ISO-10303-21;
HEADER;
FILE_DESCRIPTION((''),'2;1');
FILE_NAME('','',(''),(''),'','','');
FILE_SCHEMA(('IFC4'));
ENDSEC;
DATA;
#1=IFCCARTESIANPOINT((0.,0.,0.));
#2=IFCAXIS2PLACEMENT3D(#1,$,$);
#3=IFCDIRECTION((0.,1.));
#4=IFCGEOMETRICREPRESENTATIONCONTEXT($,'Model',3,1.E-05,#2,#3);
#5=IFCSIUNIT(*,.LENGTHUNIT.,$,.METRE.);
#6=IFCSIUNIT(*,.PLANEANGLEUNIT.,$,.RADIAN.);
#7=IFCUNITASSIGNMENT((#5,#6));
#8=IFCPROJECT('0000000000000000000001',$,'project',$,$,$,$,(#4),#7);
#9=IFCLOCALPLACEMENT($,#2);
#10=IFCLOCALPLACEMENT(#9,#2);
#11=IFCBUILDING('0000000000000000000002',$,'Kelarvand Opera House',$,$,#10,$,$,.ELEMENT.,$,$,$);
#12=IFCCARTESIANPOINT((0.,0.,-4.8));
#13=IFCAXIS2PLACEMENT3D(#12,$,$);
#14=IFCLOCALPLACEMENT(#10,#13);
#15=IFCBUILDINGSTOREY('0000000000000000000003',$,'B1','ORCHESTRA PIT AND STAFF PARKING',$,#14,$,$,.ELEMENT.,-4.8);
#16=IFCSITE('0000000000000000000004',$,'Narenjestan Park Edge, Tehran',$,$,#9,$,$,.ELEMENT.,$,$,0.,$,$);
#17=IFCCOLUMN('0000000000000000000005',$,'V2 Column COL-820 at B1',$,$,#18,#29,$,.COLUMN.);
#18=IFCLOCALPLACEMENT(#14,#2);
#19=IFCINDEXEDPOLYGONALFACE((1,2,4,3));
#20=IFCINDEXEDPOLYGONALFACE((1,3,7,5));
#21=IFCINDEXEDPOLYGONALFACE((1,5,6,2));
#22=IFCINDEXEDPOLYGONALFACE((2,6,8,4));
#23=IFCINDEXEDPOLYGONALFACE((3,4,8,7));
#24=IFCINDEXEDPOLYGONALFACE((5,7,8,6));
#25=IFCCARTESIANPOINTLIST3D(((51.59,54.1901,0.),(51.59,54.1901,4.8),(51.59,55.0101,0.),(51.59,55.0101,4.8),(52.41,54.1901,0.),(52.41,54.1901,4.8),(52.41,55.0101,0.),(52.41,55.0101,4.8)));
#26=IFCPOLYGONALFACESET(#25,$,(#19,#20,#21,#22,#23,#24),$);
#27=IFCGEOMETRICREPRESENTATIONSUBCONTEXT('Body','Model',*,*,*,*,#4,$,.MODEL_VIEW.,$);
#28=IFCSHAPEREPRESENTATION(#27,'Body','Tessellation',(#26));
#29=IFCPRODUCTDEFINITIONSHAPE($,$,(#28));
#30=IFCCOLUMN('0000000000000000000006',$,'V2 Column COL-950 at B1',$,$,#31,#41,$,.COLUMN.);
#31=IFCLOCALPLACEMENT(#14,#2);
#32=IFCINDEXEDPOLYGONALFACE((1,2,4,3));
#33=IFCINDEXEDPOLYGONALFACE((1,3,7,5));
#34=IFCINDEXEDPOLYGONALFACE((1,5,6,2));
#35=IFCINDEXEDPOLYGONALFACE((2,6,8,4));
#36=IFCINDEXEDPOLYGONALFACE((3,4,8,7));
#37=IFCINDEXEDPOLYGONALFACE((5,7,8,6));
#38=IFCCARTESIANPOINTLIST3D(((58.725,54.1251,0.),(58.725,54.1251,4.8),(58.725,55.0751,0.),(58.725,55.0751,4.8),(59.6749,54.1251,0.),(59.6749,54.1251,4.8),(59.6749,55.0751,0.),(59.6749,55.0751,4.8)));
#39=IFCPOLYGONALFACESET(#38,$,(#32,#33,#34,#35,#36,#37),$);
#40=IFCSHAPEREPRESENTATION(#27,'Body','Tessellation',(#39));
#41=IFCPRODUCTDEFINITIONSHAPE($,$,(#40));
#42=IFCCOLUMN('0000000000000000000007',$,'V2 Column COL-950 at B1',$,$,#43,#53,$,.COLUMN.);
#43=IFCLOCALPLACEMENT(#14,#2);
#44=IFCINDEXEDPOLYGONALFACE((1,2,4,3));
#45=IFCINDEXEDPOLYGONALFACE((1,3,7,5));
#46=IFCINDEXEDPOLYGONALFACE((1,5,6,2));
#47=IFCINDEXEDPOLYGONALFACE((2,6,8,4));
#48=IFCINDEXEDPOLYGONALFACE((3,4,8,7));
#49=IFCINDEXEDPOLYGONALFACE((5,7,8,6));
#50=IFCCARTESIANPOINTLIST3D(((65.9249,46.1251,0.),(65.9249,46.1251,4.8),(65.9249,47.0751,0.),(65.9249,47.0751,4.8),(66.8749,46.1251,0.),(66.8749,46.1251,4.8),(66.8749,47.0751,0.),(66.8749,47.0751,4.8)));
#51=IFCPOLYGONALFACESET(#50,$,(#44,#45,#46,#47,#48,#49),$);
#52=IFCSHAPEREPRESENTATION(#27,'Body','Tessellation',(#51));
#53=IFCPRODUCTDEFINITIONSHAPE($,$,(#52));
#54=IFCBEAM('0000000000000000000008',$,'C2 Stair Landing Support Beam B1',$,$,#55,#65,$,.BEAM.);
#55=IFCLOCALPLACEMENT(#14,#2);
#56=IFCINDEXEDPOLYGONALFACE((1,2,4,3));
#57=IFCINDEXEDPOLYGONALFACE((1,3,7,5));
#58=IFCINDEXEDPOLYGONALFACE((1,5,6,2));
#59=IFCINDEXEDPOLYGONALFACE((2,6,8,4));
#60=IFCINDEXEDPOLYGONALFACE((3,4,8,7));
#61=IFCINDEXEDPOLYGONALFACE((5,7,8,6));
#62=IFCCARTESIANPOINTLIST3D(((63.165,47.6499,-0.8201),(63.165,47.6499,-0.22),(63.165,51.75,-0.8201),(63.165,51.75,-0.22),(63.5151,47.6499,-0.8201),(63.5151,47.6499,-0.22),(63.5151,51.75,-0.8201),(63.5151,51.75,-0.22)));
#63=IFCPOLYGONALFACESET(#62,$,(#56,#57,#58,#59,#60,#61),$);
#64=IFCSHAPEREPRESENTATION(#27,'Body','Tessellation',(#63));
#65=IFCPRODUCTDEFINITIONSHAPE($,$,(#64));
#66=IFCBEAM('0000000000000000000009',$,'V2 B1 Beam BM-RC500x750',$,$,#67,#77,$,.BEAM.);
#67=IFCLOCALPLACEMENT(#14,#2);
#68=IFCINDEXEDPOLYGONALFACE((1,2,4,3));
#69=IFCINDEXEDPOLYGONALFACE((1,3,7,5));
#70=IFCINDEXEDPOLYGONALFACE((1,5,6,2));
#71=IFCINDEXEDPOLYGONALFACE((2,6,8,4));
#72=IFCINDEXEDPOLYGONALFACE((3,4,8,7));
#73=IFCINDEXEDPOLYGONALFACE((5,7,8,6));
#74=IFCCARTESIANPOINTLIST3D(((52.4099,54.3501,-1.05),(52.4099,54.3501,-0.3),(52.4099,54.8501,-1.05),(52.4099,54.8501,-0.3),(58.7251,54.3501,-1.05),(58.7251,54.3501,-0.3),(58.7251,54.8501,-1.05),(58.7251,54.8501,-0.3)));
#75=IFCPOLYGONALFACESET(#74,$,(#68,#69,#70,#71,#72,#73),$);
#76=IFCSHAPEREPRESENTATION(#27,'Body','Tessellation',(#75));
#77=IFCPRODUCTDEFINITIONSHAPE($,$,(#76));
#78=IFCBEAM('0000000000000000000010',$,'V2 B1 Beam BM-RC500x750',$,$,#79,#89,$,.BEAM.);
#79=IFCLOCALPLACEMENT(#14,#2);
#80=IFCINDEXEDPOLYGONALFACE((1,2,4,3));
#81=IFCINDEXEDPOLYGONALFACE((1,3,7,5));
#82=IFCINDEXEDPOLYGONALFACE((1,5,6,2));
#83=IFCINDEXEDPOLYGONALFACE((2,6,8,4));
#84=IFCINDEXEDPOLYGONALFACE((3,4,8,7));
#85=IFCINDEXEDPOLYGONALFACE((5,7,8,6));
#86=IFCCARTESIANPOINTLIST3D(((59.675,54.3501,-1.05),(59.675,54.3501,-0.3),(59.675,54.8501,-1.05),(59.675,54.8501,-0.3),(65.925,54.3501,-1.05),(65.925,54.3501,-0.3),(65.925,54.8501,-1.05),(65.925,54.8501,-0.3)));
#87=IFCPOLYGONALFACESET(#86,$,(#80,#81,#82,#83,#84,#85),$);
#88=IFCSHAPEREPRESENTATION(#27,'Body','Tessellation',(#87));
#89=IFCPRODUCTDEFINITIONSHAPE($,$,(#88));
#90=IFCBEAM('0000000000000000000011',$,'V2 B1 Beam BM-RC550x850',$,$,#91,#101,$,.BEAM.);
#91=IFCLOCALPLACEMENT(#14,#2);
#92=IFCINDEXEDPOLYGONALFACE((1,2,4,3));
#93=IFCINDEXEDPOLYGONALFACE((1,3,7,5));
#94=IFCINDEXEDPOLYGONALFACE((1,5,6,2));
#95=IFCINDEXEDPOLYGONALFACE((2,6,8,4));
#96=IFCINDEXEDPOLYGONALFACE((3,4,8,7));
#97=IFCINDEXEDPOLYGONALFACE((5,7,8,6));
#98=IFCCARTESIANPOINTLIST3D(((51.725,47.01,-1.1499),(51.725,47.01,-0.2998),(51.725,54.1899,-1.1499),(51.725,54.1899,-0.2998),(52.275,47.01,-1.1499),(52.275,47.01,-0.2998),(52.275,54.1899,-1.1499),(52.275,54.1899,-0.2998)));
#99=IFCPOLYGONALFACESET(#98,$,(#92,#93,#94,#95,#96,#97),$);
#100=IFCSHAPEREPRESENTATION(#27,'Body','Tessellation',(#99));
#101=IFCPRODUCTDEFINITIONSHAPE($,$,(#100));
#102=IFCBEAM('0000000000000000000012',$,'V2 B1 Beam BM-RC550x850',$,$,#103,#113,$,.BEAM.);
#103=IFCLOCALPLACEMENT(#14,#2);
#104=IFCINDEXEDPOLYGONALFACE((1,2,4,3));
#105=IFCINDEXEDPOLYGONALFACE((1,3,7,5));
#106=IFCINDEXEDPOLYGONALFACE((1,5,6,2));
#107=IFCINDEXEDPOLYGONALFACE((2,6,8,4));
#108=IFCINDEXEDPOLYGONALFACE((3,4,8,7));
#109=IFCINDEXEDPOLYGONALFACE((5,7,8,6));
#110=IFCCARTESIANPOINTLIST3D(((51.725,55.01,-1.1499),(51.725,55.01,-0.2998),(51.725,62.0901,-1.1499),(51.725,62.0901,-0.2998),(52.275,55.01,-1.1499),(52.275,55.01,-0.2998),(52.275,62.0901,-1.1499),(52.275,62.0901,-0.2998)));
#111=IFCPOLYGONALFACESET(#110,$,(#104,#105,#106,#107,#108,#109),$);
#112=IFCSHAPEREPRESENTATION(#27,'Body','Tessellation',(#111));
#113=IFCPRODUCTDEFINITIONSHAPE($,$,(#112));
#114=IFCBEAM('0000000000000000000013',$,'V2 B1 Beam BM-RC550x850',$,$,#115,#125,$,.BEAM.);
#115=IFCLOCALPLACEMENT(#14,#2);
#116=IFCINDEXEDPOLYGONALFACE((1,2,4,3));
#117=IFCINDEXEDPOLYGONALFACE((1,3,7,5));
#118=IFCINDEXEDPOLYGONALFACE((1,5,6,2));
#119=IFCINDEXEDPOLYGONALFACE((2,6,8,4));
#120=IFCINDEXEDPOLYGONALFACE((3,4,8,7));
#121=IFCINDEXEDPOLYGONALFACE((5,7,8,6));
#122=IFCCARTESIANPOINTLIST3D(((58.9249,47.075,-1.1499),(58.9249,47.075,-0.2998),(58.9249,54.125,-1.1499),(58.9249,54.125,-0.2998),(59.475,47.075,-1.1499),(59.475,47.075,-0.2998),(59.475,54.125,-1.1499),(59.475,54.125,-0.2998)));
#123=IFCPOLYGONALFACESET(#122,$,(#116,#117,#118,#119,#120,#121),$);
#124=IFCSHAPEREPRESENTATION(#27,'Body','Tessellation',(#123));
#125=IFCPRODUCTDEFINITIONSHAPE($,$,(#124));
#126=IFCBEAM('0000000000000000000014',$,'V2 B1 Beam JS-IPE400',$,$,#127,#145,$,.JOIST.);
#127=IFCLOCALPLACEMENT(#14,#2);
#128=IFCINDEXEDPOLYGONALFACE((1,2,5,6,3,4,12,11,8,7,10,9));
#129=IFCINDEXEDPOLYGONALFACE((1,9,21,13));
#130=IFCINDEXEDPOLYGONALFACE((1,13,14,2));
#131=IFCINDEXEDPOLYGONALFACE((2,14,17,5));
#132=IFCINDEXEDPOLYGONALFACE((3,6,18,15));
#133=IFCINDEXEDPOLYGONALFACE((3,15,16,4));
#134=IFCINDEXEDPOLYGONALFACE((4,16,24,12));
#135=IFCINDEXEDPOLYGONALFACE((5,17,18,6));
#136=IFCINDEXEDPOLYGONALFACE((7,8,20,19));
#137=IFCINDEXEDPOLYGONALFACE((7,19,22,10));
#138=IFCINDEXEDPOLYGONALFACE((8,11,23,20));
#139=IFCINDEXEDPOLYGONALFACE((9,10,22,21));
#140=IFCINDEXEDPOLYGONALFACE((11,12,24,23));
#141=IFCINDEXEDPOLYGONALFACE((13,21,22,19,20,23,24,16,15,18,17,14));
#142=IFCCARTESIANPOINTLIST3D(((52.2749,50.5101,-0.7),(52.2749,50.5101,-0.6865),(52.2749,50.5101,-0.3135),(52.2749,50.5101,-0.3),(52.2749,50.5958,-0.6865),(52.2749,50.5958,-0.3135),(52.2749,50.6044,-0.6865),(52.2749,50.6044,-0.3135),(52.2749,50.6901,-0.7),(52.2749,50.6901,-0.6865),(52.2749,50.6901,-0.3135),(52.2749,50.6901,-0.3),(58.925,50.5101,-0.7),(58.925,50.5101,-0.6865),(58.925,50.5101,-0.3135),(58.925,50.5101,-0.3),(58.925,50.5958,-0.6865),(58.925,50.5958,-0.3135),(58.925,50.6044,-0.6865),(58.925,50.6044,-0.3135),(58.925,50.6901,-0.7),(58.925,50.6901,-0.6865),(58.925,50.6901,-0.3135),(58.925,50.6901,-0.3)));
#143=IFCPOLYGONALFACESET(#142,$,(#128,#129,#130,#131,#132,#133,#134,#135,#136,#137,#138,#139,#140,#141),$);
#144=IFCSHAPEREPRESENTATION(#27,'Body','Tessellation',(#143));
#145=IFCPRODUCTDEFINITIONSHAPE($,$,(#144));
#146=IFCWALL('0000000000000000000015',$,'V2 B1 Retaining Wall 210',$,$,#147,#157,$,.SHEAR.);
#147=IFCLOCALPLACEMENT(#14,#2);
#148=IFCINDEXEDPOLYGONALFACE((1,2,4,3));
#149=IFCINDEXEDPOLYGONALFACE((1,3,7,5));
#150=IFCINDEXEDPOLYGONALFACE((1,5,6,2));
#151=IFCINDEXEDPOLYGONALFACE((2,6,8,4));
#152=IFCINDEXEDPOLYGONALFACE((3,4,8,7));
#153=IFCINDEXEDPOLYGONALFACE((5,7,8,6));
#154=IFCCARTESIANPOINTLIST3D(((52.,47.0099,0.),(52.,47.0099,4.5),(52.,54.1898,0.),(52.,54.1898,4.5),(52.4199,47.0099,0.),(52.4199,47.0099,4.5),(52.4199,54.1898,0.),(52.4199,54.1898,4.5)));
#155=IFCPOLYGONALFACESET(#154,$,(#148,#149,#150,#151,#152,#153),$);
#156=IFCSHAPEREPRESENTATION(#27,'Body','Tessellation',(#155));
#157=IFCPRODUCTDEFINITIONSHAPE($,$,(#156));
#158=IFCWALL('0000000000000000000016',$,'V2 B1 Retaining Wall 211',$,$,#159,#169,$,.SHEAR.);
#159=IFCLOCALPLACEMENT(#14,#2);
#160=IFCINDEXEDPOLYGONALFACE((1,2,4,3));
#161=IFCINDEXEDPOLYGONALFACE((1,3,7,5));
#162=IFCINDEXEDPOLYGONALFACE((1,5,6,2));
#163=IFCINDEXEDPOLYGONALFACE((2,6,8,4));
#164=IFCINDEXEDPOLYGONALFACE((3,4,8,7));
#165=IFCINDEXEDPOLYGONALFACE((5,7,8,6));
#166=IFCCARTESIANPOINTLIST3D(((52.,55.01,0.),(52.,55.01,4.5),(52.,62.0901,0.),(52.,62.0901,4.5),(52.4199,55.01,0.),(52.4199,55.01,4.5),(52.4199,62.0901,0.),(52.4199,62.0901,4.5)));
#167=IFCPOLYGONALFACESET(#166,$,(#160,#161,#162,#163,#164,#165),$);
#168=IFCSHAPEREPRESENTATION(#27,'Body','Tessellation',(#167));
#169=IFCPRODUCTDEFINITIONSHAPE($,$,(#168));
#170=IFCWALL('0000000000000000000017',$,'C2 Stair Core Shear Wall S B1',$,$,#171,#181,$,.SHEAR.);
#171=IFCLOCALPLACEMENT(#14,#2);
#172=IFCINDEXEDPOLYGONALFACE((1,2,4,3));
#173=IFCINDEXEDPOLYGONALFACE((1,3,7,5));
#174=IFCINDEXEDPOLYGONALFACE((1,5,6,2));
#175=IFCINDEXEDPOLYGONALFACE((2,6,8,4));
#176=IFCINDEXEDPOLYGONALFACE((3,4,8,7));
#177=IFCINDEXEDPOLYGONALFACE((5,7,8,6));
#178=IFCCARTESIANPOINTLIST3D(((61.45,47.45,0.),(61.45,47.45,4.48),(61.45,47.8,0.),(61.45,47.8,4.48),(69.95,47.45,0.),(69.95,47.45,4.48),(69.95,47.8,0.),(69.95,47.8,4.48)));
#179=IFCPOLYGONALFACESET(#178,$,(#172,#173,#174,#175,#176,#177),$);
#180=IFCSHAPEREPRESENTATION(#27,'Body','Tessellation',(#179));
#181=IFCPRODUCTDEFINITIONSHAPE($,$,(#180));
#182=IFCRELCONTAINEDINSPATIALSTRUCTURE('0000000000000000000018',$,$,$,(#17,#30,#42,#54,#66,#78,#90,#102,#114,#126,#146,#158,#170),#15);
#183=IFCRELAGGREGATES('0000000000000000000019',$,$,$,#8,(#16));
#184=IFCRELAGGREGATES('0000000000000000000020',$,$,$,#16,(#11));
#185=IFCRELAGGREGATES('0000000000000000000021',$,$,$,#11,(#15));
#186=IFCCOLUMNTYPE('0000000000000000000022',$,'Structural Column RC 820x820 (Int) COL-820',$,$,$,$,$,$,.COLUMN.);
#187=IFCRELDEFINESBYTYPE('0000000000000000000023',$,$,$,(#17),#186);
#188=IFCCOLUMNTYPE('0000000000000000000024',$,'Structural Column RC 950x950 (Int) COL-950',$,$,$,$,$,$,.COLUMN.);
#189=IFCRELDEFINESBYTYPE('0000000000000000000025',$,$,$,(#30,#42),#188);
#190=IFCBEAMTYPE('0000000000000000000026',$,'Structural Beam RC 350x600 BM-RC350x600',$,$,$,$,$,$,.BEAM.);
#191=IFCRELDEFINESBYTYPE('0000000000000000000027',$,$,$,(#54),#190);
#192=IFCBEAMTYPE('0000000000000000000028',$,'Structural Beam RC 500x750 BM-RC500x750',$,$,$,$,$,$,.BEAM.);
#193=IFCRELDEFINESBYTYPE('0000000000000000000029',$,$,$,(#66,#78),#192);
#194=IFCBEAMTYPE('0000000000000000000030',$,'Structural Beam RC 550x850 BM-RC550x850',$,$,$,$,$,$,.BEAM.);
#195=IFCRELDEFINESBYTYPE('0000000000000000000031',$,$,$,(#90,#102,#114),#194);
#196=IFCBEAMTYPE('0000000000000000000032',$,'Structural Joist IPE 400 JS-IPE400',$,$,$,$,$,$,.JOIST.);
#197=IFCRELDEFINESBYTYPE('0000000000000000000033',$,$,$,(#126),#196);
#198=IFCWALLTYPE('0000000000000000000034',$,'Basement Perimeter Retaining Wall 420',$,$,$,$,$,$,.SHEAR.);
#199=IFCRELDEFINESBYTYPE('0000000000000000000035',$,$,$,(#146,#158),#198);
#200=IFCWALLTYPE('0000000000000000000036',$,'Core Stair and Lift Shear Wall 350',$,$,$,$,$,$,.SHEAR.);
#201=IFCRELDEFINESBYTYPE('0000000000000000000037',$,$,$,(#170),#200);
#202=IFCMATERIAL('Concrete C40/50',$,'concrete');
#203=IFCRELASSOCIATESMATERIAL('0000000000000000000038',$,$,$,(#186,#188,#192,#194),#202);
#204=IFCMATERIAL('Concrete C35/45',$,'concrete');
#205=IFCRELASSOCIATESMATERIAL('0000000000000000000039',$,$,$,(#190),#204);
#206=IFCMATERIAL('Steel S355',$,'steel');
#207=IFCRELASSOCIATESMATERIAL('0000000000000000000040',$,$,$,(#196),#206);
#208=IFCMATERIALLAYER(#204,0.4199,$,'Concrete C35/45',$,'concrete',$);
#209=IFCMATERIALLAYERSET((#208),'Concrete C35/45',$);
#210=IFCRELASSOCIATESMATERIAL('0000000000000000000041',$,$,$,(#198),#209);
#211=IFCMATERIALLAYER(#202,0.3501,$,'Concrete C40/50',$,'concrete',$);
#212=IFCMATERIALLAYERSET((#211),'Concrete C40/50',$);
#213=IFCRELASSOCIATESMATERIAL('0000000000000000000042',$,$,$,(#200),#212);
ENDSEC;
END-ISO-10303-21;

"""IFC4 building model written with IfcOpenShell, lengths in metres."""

from ifc_helpers import new_model, si_unit, direction, frame, frame_2d, origin, origin_2d, place, context, subcontext, project, spatial, rectangle, i_section, extrude, material, layer, layer_set, material_profile, profile_set, type_object, element, save


model = new_model("IFC4")

# Units and contexts
model_context = context("Model", 3, precision=1e-05, world=origin(), true_north=direction((0.0, 1.0)))
body_context = subcontext(model_context, "Body", "Model", "MODEL_VIEW")
ifc_project = project(units=[si_unit("LENGTHUNIT", "METRE"), si_unit("PLANEANGLEUNIT", "RADIAN")], contexts=[model_context])

# Site, building, storey
site_placement = place(None, origin())
site = spatial("IfcSite", under=ifc_project, at=site_placement, Name="Narenjestan Park Edge, Tehran", CompositionType="ELEMENT", RefElevation=0.0)
building_placement = place(site_placement, origin())
building = spatial("IfcBuilding", under=site, at=building_placement, Name="Kelarvand Opera House", CompositionType="ELEMENT")
storey_placement = place(building_placement, frame((0.0, 0.0, -4.8)))
storey = spatial("IfcBuildingStorey", under=building, at=storey_placement, Name="B1", Description="ORCHESTRA PIT AND STAFF PARKING", CompositionType="ELEMENT", Elevation=-4.8)

# Columns
ifc_material_1 = material(Name="Concrete C40/50", Category="concrete")
ifc_material_profile_1 = material_profile(ifc_material_1, rectangle(XDim=0.8201, YDim=0.8201, at=origin_2d()), Name="RC 820x820", Category="concrete")
ifc_profile_set_1 = profile_set([ifc_material_profile_1], Name="Concrete C40/50")
column_type_1 = type_object("IfcColumnType", Name="Structural Column RC 820x820 (Int) COL-820", PredefinedType="COLUMN", material=ifc_profile_set_1)
column_placement = place(storey_placement, frame((52.0, 54.6001, 0.0), z_axis=(0.0, 0.0, 1.0), x_axis=(1.0, 0.0, 0.0)))
element("IfcColumn", 1, at=column_placement, inside=storey, type_object=column_type_1, Name="V2 Column COL-820 at B1", PredefinedType="COLUMN", context=body_context, shape_type="SweptSolid", body=[
    extrude(rectangle(XDim=0.8201, YDim=0.8201, at=origin_2d()), origin(), (0.0, 0.0, 1.0), 4.8),
])
ifc_material_profile_2 = material_profile(ifc_material_1, rectangle(XDim=0.95, YDim=0.95, at=origin_2d()), Name="RC 950x950", Category="concrete")
ifc_profile_set_2 = profile_set([ifc_material_profile_2], Name="Concrete C40/50")
column_type_2 = type_object("IfcColumnType", Name="Structural Column RC 950x950 (Int) COL-950", PredefinedType="COLUMN", material=ifc_profile_set_2)
for number, where, z_axis, x_axis, name in (
    (2, (59.2, 54.6001, 0.0), (0.0, 0.0, 1.0), (1.0, 0.0, 0.0), "V2 Column COL-950 at B1"),
    (3, (66.3999, 46.6001, 0.0), (0.0, 0.0, 1.0), (1.0, 0.0, 0.0), "V2 Column COL-950 at B1"),
):
    element("IfcColumn", number, at=place(storey_placement, frame(where, z_axis=z_axis, x_axis=x_axis)), inside=storey, type_object=column_type_2, Name=name, PredefinedType="COLUMN", context=body_context, shape_type="SweptSolid", body=[
        extrude(rectangle(XDim=0.95, YDim=0.95, at=origin_2d()), origin(), (0.0, 0.0, 1.0), 4.8),
    ])

# Beams
ifc_material_2 = material(Name="Concrete C35/45", Category="concrete")
ifc_material_profile_3 = material_profile(ifc_material_2, rectangle(XDim=0.3501, YDim=0.6001, at=origin_2d()), Name="RC 350x600", Category="concrete")
ifc_profile_set_3 = profile_set([ifc_material_profile_3], Name="Concrete C35/45")
beam_type_1 = type_object("IfcBeamType", Name="Structural Beam RC 350x600 BM-RC350x600", PredefinedType="BEAM", material=ifc_profile_set_3)
beam_1_placement = place(storey_placement, frame((63.3401, 47.6499, -0.52), z_axis=(0.0, 1.0, 0.0), x_axis=(-1.0, 0.0, 0.0)))
element("IfcBeam", 4, at=beam_1_placement, inside=storey, type_object=beam_type_1, Name="C2 Stair Landing Support Beam B1", PredefinedType="BEAM", context=body_context, shape_type="SweptSolid", body=[
    extrude(rectangle(XDim=0.3501, YDim=0.6001, at=origin_2d()), origin(), (0.0, 0.0, 1.0), 4.1001),
])
ifc_material_profile_4 = material_profile(ifc_material_1, rectangle(XDim=0.5, YDim=0.75, at=origin_2d()), Name="RC 500x750", Category="concrete")
ifc_profile_set_4 = profile_set([ifc_material_profile_4], Name="Concrete C40/50")
beam_type_2 = type_object("IfcBeamType", Name="Structural Beam RC 500x750 BM-RC500x750", PredefinedType="BEAM", material=ifc_profile_set_4)
beam_2_placement = place(storey_placement, frame((52.4099, 54.6001, -0.675), z_axis=(1.0, 0.0, 0.0), x_axis=(0.0, 1.0, 0.0)))
element("IfcBeam", 5, at=beam_2_placement, inside=storey, type_object=beam_type_2, Name="V2 B1 Beam BM-RC500x750", PredefinedType="BEAM", context=body_context, shape_type="SweptSolid", body=[
    extrude(rectangle(XDim=0.5, YDim=0.75, at=origin_2d()), origin(), (0.0, 0.0, 1.0), 6.3152),
])
beam_3_placement = place(storey_placement, frame((59.675, 54.6001, -0.675), z_axis=(1.0, 0.0, 0.0), x_axis=(0.0, 1.0, 0.0)))
element("IfcBeam", 6, at=beam_3_placement, inside=storey, type_object=beam_type_2, Name="V2 B1 Beam BM-RC500x750", PredefinedType="BEAM", context=body_context, shape_type="SweptSolid", body=[
    extrude(rectangle(XDim=0.5, YDim=0.75, at=origin_2d()), origin(), (0.0, 0.0, 1.0), 6.25),
])
ifc_material_profile_5 = material_profile(ifc_material_1, rectangle(XDim=0.55, YDim=0.8501, at=origin_2d()), Name="RC 550x850", Category="concrete")
ifc_profile_set_5 = profile_set([ifc_material_profile_5], Name="Concrete C40/50")
beam_type_3 = type_object("IfcBeamType", Name="Structural Beam RC 550x850 BM-RC550x850", PredefinedType="BEAM", material=ifc_profile_set_5)
beam_4_placement = place(storey_placement, frame((52.0, 47.01, -0.7249), z_axis=(0.0, 1.0, 0.0), x_axis=(-1.0, 0.0, 0.0)))
element("IfcBeam", 7, at=beam_4_placement, inside=storey, type_object=beam_type_3, Name="V2 B1 Beam BM-RC550x850", PredefinedType="BEAM", context=body_context, shape_type="SweptSolid", body=[
    extrude(rectangle(XDim=0.55, YDim=0.8501, at=origin_2d()), origin(), (0.0, 0.0, 1.0), 7.1799),
])
beam_5_placement = place(storey_placement, frame((52.0, 55.01, -0.7249), z_axis=(0.0, 1.0, 0.0), x_axis=(-1.0, 0.0, 0.0)))
element("IfcBeam", 8, at=beam_5_placement, inside=storey, type_object=beam_type_3, Name="V2 B1 Beam BM-RC550x850", PredefinedType="BEAM", context=body_context, shape_type="SweptSolid", body=[
    extrude(rectangle(XDim=0.55, YDim=0.8501, at=origin_2d()), origin(), (0.0, 0.0, 1.0), 7.0801),
])
beam_6_placement = place(storey_placement, frame((59.2, 47.075, -0.7249), z_axis=(0.0, 1.0, 0.0), x_axis=(-1.0, 0.0, 0.0)))
element("IfcBeam", 9, at=beam_6_placement, inside=storey, type_object=beam_type_3, Name="V2 B1 Beam BM-RC550x850", PredefinedType="BEAM", context=body_context, shape_type="SweptSolid", body=[
    extrude(rectangle(XDim=0.55, YDim=0.8501, at=origin_2d()), origin(), (0.0, 0.0, 1.0), 7.05),
])
ifc_material_3 = material(Name="Steel S355", Category="steel")
ifc_material_profile_6 = material_profile(ifc_material_3, i_section(OverallWidth=0.1799, OverallDepth=0.3999, WebThickness=0.0085, FlangeThickness=0.0134, at=origin_2d()), Name="IPE 400", Category="steel")
ifc_profile_set_6 = profile_set([ifc_material_profile_6], Name="Steel S355")
beam_type_4 = type_object("IfcBeamType", Name="Structural Joist IPE 400 JS-IPE400", PredefinedType="JOIST", material=ifc_profile_set_6)
beam_7_placement = place(storey_placement, frame((52.2749, 50.6001, -0.5), z_axis=(1.0, 0.0, 0.0), x_axis=(0.0, 1.0, 0.0)))
element("IfcBeam", 10, at=beam_7_placement, inside=storey, type_object=beam_type_4, Name="V2 B1 Beam JS-IPE400", PredefinedType="JOIST", context=body_context, shape_type="SweptSolid", body=[
    extrude(i_section(OverallWidth=0.1799, OverallDepth=0.3999, WebThickness=0.0085, FlangeThickness=0.0134, at=origin_2d()), origin(), (0.0, 0.0, 1.0), 6.6501),
])

# Walls
ifc_layer_1 = layer(ifc_material_2, 0.4199, Name="Concrete C35/45", Category="concrete")
ifc_layer_set_1 = layer_set([ifc_layer_1], Name="Concrete C35/45")
wall_type_1 = type_object("IfcWallType", Name="Basement Perimeter Retaining Wall 420", PredefinedType="SHEAR", material=ifc_layer_set_1)
wall_1_placement = place(storey_placement, frame((52.21, 47.01, 0.0), z_axis=(0.0, 0.0, 1.0), x_axis=(0.0, 1.0, 0.0)))
element("IfcWall", 11, at=wall_1_placement, inside=storey, type_object=wall_type_1, Name="V2 B1 Retaining Wall 210", PredefinedType="SHEAR", context=body_context, shape_type="SweptSolid", body=[
    extrude(rectangle(XDim=7.1799, YDim=0.4199, at=frame_2d((3.5898, 0.0))), origin(), (0.0, 0.0, 1.0), 4.5),
])
wall_2_placement = place(storey_placement, frame((52.21, 55.01, 0.0), z_axis=(0.0, 0.0, 1.0), x_axis=(0.0, 1.0, 0.0)))
element("IfcWall", 12, at=wall_2_placement, inside=storey, type_object=wall_type_1, Name="V2 B1 Retaining Wall 211", PredefinedType="SHEAR", context=body_context, shape_type="SweptSolid", body=[
    extrude(rectangle(XDim=7.0801, YDim=0.4199, at=frame_2d((3.54, 0.0))), origin(), (0.0, 0.0, 1.0), 4.5),
])
ifc_layer_2 = layer(ifc_material_1, 0.3501, Name="Concrete C40/50", Category="concrete")
ifc_layer_set_2 = layer_set([ifc_layer_2], Name="Concrete C40/50")
wall_type_2 = type_object("IfcWallType", Name="Core Stair and Lift Shear Wall 350", PredefinedType="SHEAR", material=ifc_layer_set_2)
wall_3_placement = place(storey_placement, frame((61.45, 47.625, 0.0), z_axis=(0.0, 0.0, 1.0), x_axis=(1.0, 0.0, 0.0)))
element("IfcWall", 13, at=wall_3_placement, inside=storey, type_object=wall_type_2, Name="C2 Stair Core Shear Wall S B1", PredefinedType="SHEAR", context=body_context, shape_type="SweptSolid", body=[
    extrude(rectangle(XDim=8.5, YDim=0.3501, at=frame_2d((4.25, 0.0))), origin(), (0.0, 0.0, 1.0), 4.48),
])

save(model, "model.ifc")
